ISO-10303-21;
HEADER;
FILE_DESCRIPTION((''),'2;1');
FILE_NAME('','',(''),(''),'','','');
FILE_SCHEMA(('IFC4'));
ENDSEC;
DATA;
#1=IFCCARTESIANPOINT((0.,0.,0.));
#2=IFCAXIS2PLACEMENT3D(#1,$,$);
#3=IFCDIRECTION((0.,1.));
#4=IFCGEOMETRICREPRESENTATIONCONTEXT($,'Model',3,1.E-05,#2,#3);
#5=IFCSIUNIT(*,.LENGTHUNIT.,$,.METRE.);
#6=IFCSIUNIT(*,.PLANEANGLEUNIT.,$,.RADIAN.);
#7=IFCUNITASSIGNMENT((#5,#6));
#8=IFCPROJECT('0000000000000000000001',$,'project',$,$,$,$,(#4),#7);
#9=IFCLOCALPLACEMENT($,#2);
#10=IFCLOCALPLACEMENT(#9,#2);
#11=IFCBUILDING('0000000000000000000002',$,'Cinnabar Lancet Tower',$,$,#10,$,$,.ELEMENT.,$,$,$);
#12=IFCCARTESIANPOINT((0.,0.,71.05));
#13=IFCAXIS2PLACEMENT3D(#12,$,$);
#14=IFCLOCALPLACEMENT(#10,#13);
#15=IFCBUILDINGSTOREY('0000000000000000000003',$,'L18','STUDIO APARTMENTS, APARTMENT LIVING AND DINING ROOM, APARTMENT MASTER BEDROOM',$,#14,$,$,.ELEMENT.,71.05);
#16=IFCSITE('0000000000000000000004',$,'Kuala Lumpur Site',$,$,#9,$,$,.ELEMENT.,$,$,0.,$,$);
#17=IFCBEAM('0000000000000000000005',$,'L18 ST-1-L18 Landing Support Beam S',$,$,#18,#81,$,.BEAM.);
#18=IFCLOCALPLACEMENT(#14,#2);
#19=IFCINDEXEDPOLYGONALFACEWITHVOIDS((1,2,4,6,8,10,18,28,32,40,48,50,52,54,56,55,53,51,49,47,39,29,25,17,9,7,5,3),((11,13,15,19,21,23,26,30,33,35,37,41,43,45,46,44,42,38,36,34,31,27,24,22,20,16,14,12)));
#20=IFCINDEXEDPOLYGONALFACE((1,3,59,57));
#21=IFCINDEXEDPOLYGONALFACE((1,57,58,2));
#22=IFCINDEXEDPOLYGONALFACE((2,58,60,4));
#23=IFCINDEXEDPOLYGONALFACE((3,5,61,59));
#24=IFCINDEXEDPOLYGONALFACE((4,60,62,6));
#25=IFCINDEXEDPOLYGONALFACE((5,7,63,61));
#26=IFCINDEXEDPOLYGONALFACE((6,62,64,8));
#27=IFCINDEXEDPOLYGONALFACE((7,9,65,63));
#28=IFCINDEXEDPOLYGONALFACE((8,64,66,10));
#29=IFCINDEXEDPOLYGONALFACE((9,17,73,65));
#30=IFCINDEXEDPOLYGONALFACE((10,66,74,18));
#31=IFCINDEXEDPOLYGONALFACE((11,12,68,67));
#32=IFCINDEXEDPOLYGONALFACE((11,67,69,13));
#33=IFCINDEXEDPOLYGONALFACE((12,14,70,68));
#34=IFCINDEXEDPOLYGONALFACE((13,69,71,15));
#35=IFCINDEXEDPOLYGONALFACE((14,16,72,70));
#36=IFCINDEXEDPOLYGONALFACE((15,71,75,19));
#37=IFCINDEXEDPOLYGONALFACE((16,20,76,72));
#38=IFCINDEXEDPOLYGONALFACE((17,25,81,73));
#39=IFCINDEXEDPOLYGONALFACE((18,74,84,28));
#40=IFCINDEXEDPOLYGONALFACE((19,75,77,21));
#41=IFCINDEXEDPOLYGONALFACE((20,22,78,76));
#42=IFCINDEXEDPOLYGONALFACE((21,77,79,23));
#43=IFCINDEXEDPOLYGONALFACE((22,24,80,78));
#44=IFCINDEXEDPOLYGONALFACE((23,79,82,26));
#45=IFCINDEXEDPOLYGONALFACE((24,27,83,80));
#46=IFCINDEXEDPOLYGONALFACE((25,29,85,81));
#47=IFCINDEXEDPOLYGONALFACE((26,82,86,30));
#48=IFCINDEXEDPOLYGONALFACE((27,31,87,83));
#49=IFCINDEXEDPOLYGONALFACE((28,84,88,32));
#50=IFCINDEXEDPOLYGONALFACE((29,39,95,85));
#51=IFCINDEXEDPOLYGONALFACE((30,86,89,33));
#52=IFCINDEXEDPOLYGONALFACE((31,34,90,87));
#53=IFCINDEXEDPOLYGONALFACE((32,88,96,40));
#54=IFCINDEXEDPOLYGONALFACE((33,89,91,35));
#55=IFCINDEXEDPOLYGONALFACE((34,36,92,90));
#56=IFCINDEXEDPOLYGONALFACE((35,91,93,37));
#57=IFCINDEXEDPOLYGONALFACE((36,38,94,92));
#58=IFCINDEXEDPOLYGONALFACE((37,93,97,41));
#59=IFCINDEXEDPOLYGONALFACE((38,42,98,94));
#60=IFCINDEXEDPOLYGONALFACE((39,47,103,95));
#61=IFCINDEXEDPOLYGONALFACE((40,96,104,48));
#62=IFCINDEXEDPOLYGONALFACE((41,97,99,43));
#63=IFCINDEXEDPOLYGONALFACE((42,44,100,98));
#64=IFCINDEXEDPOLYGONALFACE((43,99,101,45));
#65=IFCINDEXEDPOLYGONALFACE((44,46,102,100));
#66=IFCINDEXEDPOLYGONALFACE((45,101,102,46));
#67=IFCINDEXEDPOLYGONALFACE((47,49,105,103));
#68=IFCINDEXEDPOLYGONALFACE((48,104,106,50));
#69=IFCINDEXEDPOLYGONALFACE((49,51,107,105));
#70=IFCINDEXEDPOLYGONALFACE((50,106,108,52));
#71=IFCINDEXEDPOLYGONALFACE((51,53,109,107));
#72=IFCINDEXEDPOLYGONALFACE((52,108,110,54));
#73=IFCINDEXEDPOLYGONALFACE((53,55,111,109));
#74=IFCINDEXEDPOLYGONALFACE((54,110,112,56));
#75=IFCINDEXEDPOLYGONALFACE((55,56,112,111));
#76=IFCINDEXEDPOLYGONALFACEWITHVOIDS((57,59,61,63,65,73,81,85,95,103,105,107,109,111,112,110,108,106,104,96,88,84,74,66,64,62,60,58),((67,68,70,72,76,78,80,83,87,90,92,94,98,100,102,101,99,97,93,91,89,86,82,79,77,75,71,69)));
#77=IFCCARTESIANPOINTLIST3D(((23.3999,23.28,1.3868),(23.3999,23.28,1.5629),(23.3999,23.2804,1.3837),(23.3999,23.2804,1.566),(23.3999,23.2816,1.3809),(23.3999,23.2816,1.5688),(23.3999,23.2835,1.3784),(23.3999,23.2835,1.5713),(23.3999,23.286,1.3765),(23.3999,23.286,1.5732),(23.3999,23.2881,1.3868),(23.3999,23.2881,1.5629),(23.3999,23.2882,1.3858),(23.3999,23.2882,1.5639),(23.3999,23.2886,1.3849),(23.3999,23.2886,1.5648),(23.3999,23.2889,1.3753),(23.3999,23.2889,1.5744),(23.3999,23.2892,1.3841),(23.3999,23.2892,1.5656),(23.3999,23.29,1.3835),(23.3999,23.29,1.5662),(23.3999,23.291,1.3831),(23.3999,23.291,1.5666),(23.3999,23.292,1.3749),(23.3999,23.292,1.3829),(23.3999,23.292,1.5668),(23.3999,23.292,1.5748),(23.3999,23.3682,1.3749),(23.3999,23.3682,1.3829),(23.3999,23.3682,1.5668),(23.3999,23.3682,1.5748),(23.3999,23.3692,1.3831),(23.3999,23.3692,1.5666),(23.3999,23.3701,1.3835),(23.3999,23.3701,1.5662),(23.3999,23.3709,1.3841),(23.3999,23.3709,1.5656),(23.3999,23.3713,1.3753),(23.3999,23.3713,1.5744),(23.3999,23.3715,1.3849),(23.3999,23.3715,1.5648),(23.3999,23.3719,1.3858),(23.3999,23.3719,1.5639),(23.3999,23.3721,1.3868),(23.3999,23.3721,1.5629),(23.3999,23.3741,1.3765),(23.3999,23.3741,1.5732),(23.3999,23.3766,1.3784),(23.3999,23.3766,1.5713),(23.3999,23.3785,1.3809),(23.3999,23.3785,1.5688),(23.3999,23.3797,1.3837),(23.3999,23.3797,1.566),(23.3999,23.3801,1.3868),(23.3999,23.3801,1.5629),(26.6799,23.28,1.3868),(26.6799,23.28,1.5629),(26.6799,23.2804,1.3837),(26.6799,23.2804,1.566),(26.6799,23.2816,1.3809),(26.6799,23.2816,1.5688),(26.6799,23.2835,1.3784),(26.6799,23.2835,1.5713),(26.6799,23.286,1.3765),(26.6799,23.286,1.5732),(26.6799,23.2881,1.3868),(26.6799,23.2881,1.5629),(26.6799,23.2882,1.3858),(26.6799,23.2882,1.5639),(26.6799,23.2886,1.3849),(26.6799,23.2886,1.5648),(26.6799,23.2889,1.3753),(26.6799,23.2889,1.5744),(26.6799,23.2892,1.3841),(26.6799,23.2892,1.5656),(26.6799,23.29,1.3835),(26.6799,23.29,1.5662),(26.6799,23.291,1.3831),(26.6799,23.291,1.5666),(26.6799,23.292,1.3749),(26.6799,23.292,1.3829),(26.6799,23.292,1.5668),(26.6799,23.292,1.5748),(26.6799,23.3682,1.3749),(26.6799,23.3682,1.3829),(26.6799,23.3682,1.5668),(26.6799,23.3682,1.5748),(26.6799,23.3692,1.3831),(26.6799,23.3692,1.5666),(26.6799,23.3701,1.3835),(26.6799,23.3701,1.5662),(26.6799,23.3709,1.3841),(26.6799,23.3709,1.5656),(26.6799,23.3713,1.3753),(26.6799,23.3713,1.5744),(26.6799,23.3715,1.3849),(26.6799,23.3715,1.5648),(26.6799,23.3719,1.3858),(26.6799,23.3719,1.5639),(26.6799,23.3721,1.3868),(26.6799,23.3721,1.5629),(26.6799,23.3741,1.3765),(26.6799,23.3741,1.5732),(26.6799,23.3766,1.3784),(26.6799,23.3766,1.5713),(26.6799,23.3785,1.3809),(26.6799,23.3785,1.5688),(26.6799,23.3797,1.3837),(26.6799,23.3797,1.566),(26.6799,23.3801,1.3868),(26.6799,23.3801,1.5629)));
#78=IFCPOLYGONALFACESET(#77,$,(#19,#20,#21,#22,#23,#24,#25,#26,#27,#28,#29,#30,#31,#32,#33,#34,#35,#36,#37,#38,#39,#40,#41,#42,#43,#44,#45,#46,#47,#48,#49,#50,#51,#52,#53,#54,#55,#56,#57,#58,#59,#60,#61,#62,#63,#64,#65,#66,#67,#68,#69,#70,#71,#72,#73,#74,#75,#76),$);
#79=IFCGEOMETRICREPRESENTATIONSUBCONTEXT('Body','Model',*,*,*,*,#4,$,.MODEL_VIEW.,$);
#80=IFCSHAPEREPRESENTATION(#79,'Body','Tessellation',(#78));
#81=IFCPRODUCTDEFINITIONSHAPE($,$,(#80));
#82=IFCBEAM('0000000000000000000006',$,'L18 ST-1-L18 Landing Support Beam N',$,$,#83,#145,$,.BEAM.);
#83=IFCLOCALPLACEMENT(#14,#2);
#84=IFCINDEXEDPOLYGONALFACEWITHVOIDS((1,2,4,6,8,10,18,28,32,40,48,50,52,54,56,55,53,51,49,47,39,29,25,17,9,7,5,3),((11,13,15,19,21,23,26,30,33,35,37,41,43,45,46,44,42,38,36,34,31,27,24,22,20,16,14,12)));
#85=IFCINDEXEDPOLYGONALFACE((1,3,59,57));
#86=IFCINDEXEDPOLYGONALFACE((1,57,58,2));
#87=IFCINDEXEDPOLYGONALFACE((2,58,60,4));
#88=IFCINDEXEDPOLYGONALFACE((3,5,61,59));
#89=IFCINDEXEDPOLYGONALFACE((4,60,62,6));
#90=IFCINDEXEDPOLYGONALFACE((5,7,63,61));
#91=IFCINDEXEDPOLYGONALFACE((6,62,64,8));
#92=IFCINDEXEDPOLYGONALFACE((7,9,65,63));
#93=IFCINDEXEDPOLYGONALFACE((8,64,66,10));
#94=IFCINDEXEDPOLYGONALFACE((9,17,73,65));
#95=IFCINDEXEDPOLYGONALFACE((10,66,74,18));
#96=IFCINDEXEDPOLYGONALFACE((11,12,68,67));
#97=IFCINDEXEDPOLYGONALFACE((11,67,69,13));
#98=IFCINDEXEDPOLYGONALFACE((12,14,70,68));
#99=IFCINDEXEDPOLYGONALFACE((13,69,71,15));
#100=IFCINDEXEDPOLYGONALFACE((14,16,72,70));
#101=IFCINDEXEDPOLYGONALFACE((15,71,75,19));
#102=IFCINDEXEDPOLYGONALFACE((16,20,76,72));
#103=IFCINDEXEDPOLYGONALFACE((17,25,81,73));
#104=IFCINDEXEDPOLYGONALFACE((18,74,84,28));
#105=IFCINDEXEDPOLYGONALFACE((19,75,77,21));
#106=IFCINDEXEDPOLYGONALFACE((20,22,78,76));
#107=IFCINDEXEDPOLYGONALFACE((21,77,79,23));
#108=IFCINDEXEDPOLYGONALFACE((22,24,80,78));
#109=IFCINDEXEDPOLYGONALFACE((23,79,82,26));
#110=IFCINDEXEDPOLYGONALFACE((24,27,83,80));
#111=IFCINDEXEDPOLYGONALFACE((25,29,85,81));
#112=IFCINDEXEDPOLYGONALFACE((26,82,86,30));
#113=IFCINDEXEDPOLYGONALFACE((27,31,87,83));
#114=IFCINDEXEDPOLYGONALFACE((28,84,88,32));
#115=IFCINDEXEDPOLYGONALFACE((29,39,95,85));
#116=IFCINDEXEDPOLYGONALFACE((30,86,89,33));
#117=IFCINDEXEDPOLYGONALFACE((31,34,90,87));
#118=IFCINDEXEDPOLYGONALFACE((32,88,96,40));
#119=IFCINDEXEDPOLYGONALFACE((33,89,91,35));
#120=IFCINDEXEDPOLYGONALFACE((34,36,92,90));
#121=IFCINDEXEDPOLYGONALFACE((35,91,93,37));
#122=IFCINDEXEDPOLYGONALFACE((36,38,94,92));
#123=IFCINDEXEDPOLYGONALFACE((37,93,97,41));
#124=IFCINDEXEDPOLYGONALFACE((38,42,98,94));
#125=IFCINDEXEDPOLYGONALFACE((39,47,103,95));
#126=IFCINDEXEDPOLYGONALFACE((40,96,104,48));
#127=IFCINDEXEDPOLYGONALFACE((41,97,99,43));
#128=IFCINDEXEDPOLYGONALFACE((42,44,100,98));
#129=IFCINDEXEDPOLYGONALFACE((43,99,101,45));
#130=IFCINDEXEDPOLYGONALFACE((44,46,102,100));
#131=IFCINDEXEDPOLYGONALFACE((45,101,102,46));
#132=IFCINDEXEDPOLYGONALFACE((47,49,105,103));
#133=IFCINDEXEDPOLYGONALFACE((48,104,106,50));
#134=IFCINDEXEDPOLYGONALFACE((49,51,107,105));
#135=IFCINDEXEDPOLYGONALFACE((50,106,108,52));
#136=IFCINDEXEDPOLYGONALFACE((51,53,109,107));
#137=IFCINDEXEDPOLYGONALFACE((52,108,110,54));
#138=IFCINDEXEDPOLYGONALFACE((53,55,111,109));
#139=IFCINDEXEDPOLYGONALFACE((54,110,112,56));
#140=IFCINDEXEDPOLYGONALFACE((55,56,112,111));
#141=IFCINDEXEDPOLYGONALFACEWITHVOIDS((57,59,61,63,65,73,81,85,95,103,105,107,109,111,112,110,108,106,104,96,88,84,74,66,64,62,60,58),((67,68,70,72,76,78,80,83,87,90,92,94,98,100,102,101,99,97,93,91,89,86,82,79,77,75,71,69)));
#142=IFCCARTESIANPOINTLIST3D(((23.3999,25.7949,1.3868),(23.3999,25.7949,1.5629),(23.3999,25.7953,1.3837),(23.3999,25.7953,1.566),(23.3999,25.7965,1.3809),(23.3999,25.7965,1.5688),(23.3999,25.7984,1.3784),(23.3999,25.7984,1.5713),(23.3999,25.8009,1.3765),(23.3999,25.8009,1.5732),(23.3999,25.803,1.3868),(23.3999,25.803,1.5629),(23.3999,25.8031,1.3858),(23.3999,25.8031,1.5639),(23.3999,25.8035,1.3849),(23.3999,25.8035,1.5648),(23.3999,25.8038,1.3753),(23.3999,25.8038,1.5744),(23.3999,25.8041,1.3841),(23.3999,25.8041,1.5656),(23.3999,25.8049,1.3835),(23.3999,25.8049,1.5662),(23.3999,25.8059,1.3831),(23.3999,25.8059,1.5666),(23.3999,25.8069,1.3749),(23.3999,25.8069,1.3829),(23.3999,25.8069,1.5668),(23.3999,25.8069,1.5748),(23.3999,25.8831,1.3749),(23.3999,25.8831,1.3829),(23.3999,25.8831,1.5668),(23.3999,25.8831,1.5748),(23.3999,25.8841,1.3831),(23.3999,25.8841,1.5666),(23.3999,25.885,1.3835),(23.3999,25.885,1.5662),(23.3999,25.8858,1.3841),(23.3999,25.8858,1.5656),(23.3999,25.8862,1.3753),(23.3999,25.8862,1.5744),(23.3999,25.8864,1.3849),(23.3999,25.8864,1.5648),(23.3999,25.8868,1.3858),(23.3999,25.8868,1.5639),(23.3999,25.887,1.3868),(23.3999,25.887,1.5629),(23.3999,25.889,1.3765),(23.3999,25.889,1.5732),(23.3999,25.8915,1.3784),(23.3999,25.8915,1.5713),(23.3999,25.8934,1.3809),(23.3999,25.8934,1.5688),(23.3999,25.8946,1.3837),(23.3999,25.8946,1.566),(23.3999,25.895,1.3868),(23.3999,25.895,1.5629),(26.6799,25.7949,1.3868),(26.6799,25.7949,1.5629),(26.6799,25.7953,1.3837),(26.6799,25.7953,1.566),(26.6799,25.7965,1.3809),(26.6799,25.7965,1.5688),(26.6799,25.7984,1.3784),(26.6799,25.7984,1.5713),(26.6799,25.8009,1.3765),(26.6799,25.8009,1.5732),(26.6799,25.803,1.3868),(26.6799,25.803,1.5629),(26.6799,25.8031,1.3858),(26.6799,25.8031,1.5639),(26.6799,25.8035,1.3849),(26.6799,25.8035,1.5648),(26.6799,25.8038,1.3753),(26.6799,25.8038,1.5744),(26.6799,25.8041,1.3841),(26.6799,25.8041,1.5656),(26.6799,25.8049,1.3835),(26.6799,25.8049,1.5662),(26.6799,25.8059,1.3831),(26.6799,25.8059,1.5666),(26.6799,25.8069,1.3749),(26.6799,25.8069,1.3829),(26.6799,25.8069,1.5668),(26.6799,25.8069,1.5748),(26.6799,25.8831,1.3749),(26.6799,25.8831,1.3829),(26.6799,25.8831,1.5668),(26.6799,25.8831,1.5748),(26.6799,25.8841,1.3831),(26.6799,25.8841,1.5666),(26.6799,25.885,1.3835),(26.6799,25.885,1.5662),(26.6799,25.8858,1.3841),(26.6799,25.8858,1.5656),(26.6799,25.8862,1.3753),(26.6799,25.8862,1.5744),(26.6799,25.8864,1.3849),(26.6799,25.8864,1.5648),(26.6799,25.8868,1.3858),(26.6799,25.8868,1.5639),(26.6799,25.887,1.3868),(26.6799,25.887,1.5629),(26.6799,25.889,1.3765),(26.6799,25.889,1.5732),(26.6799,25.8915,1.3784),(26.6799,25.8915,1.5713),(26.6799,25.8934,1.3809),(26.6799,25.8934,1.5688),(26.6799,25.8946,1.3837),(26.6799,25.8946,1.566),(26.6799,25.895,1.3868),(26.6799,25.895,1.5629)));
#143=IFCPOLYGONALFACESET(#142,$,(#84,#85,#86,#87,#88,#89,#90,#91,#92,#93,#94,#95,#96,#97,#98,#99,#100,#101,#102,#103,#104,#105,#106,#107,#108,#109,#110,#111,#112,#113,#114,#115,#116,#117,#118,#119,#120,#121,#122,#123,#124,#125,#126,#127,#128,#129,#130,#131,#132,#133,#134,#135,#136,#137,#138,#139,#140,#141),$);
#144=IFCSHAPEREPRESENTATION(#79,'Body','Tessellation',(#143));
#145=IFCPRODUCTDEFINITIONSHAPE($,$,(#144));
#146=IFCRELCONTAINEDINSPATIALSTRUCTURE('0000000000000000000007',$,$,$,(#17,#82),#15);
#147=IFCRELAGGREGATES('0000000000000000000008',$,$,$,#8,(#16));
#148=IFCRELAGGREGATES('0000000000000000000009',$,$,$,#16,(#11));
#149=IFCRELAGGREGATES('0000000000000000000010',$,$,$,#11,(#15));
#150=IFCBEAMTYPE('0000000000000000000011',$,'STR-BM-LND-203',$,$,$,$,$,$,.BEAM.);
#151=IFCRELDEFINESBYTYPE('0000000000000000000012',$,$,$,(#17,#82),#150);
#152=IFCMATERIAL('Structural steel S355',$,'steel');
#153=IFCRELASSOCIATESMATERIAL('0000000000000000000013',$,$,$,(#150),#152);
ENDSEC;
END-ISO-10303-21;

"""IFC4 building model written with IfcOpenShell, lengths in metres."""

from ifc_helpers import new_model, si_unit, direction, frame, origin, origin_2d, place, context, subcontext, project, spatial, hollow_rectangle, extrude, material, material_profile, profile_set, type_object, element, save


model = new_model("IFC4")

# Units and contexts
model_context = context("Model", 3, precision=1e-05, world=origin(), true_north=direction((0.0, 1.0)))
body_context = subcontext(model_context, "Body", "Model", "MODEL_VIEW")
ifc_project = project(units=[si_unit("LENGTHUNIT", "METRE"), si_unit("PLANEANGLEUNIT", "RADIAN")], contexts=[model_context])

# Site, building, storey
site_placement = place(None, origin())
site = spatial("IfcSite", under=ifc_project, at=site_placement, Name="Kuala Lumpur Site", CompositionType="ELEMENT", RefElevation=0.0)
building_placement = place(site_placement, origin())
building = spatial("IfcBuilding", under=site, at=building_placement, Name="Cinnabar Lancet Tower", CompositionType="ELEMENT")
storey_placement = place(building_placement, frame((0.0, 0.0, 71.05)))
storey = spatial("IfcBuildingStorey", under=building, at=storey_placement, Name="L18", Description="STUDIO APARTMENTS, APARTMENT LIVING AND DINING ROOM, APARTMENT MASTER BEDROOM", CompositionType="ELEMENT", Elevation=71.05)

# Beams
ifc_material_1 = material(Name="Structural steel S355", Category="steel")
ifc_material_profile = material_profile(ifc_material_1, hollow_rectangle(XDim=0.1001, YDim=0.2, WallThickness=0.0081, InnerFilletRadius=0.0039, OuterFilletRadius=0.012, at=origin_2d()), Name="RHS 200x100x8")
ifc_profile_set = profile_set([ifc_material_profile], Name="Structural steel S355")
beam_type = type_object("IfcBeamType", Name="STR-BM-LND-203", PredefinedType="BEAM", material=ifc_profile_set)
for number, where, z_axis, x_axis, name in (
    (1, (23.3999, 23.3301, 1.4749), (1.0, 0.0, 0.0), (0.0, 1.0, 0.0), "L18 ST-1-L18 Landing Support Beam S"),
    (2, (23.3999, 25.845, 1.4749), (1.0, 0.0, 0.0), (0.0, 1.0, 0.0), "L18 ST-1-L18 Landing Support Beam N"),
):
    element("IfcBeam", number, at=place(storey_placement, frame(where, z_axis=z_axis, x_axis=x_axis)), inside=storey, type_object=beam_type, Name=name, PredefinedType="BEAM", context=body_context, shape_type="SweptSolid", body=[
        extrude(hollow_rectangle(XDim=0.1001, YDim=0.2, WallThickness=0.0081, InnerFilletRadius=0.0039, OuterFilletRadius=0.012, at=origin_2d()), origin(), (0.0, 0.0, 1.0), 3.28),
    ])

save(model, "model.ifc")
